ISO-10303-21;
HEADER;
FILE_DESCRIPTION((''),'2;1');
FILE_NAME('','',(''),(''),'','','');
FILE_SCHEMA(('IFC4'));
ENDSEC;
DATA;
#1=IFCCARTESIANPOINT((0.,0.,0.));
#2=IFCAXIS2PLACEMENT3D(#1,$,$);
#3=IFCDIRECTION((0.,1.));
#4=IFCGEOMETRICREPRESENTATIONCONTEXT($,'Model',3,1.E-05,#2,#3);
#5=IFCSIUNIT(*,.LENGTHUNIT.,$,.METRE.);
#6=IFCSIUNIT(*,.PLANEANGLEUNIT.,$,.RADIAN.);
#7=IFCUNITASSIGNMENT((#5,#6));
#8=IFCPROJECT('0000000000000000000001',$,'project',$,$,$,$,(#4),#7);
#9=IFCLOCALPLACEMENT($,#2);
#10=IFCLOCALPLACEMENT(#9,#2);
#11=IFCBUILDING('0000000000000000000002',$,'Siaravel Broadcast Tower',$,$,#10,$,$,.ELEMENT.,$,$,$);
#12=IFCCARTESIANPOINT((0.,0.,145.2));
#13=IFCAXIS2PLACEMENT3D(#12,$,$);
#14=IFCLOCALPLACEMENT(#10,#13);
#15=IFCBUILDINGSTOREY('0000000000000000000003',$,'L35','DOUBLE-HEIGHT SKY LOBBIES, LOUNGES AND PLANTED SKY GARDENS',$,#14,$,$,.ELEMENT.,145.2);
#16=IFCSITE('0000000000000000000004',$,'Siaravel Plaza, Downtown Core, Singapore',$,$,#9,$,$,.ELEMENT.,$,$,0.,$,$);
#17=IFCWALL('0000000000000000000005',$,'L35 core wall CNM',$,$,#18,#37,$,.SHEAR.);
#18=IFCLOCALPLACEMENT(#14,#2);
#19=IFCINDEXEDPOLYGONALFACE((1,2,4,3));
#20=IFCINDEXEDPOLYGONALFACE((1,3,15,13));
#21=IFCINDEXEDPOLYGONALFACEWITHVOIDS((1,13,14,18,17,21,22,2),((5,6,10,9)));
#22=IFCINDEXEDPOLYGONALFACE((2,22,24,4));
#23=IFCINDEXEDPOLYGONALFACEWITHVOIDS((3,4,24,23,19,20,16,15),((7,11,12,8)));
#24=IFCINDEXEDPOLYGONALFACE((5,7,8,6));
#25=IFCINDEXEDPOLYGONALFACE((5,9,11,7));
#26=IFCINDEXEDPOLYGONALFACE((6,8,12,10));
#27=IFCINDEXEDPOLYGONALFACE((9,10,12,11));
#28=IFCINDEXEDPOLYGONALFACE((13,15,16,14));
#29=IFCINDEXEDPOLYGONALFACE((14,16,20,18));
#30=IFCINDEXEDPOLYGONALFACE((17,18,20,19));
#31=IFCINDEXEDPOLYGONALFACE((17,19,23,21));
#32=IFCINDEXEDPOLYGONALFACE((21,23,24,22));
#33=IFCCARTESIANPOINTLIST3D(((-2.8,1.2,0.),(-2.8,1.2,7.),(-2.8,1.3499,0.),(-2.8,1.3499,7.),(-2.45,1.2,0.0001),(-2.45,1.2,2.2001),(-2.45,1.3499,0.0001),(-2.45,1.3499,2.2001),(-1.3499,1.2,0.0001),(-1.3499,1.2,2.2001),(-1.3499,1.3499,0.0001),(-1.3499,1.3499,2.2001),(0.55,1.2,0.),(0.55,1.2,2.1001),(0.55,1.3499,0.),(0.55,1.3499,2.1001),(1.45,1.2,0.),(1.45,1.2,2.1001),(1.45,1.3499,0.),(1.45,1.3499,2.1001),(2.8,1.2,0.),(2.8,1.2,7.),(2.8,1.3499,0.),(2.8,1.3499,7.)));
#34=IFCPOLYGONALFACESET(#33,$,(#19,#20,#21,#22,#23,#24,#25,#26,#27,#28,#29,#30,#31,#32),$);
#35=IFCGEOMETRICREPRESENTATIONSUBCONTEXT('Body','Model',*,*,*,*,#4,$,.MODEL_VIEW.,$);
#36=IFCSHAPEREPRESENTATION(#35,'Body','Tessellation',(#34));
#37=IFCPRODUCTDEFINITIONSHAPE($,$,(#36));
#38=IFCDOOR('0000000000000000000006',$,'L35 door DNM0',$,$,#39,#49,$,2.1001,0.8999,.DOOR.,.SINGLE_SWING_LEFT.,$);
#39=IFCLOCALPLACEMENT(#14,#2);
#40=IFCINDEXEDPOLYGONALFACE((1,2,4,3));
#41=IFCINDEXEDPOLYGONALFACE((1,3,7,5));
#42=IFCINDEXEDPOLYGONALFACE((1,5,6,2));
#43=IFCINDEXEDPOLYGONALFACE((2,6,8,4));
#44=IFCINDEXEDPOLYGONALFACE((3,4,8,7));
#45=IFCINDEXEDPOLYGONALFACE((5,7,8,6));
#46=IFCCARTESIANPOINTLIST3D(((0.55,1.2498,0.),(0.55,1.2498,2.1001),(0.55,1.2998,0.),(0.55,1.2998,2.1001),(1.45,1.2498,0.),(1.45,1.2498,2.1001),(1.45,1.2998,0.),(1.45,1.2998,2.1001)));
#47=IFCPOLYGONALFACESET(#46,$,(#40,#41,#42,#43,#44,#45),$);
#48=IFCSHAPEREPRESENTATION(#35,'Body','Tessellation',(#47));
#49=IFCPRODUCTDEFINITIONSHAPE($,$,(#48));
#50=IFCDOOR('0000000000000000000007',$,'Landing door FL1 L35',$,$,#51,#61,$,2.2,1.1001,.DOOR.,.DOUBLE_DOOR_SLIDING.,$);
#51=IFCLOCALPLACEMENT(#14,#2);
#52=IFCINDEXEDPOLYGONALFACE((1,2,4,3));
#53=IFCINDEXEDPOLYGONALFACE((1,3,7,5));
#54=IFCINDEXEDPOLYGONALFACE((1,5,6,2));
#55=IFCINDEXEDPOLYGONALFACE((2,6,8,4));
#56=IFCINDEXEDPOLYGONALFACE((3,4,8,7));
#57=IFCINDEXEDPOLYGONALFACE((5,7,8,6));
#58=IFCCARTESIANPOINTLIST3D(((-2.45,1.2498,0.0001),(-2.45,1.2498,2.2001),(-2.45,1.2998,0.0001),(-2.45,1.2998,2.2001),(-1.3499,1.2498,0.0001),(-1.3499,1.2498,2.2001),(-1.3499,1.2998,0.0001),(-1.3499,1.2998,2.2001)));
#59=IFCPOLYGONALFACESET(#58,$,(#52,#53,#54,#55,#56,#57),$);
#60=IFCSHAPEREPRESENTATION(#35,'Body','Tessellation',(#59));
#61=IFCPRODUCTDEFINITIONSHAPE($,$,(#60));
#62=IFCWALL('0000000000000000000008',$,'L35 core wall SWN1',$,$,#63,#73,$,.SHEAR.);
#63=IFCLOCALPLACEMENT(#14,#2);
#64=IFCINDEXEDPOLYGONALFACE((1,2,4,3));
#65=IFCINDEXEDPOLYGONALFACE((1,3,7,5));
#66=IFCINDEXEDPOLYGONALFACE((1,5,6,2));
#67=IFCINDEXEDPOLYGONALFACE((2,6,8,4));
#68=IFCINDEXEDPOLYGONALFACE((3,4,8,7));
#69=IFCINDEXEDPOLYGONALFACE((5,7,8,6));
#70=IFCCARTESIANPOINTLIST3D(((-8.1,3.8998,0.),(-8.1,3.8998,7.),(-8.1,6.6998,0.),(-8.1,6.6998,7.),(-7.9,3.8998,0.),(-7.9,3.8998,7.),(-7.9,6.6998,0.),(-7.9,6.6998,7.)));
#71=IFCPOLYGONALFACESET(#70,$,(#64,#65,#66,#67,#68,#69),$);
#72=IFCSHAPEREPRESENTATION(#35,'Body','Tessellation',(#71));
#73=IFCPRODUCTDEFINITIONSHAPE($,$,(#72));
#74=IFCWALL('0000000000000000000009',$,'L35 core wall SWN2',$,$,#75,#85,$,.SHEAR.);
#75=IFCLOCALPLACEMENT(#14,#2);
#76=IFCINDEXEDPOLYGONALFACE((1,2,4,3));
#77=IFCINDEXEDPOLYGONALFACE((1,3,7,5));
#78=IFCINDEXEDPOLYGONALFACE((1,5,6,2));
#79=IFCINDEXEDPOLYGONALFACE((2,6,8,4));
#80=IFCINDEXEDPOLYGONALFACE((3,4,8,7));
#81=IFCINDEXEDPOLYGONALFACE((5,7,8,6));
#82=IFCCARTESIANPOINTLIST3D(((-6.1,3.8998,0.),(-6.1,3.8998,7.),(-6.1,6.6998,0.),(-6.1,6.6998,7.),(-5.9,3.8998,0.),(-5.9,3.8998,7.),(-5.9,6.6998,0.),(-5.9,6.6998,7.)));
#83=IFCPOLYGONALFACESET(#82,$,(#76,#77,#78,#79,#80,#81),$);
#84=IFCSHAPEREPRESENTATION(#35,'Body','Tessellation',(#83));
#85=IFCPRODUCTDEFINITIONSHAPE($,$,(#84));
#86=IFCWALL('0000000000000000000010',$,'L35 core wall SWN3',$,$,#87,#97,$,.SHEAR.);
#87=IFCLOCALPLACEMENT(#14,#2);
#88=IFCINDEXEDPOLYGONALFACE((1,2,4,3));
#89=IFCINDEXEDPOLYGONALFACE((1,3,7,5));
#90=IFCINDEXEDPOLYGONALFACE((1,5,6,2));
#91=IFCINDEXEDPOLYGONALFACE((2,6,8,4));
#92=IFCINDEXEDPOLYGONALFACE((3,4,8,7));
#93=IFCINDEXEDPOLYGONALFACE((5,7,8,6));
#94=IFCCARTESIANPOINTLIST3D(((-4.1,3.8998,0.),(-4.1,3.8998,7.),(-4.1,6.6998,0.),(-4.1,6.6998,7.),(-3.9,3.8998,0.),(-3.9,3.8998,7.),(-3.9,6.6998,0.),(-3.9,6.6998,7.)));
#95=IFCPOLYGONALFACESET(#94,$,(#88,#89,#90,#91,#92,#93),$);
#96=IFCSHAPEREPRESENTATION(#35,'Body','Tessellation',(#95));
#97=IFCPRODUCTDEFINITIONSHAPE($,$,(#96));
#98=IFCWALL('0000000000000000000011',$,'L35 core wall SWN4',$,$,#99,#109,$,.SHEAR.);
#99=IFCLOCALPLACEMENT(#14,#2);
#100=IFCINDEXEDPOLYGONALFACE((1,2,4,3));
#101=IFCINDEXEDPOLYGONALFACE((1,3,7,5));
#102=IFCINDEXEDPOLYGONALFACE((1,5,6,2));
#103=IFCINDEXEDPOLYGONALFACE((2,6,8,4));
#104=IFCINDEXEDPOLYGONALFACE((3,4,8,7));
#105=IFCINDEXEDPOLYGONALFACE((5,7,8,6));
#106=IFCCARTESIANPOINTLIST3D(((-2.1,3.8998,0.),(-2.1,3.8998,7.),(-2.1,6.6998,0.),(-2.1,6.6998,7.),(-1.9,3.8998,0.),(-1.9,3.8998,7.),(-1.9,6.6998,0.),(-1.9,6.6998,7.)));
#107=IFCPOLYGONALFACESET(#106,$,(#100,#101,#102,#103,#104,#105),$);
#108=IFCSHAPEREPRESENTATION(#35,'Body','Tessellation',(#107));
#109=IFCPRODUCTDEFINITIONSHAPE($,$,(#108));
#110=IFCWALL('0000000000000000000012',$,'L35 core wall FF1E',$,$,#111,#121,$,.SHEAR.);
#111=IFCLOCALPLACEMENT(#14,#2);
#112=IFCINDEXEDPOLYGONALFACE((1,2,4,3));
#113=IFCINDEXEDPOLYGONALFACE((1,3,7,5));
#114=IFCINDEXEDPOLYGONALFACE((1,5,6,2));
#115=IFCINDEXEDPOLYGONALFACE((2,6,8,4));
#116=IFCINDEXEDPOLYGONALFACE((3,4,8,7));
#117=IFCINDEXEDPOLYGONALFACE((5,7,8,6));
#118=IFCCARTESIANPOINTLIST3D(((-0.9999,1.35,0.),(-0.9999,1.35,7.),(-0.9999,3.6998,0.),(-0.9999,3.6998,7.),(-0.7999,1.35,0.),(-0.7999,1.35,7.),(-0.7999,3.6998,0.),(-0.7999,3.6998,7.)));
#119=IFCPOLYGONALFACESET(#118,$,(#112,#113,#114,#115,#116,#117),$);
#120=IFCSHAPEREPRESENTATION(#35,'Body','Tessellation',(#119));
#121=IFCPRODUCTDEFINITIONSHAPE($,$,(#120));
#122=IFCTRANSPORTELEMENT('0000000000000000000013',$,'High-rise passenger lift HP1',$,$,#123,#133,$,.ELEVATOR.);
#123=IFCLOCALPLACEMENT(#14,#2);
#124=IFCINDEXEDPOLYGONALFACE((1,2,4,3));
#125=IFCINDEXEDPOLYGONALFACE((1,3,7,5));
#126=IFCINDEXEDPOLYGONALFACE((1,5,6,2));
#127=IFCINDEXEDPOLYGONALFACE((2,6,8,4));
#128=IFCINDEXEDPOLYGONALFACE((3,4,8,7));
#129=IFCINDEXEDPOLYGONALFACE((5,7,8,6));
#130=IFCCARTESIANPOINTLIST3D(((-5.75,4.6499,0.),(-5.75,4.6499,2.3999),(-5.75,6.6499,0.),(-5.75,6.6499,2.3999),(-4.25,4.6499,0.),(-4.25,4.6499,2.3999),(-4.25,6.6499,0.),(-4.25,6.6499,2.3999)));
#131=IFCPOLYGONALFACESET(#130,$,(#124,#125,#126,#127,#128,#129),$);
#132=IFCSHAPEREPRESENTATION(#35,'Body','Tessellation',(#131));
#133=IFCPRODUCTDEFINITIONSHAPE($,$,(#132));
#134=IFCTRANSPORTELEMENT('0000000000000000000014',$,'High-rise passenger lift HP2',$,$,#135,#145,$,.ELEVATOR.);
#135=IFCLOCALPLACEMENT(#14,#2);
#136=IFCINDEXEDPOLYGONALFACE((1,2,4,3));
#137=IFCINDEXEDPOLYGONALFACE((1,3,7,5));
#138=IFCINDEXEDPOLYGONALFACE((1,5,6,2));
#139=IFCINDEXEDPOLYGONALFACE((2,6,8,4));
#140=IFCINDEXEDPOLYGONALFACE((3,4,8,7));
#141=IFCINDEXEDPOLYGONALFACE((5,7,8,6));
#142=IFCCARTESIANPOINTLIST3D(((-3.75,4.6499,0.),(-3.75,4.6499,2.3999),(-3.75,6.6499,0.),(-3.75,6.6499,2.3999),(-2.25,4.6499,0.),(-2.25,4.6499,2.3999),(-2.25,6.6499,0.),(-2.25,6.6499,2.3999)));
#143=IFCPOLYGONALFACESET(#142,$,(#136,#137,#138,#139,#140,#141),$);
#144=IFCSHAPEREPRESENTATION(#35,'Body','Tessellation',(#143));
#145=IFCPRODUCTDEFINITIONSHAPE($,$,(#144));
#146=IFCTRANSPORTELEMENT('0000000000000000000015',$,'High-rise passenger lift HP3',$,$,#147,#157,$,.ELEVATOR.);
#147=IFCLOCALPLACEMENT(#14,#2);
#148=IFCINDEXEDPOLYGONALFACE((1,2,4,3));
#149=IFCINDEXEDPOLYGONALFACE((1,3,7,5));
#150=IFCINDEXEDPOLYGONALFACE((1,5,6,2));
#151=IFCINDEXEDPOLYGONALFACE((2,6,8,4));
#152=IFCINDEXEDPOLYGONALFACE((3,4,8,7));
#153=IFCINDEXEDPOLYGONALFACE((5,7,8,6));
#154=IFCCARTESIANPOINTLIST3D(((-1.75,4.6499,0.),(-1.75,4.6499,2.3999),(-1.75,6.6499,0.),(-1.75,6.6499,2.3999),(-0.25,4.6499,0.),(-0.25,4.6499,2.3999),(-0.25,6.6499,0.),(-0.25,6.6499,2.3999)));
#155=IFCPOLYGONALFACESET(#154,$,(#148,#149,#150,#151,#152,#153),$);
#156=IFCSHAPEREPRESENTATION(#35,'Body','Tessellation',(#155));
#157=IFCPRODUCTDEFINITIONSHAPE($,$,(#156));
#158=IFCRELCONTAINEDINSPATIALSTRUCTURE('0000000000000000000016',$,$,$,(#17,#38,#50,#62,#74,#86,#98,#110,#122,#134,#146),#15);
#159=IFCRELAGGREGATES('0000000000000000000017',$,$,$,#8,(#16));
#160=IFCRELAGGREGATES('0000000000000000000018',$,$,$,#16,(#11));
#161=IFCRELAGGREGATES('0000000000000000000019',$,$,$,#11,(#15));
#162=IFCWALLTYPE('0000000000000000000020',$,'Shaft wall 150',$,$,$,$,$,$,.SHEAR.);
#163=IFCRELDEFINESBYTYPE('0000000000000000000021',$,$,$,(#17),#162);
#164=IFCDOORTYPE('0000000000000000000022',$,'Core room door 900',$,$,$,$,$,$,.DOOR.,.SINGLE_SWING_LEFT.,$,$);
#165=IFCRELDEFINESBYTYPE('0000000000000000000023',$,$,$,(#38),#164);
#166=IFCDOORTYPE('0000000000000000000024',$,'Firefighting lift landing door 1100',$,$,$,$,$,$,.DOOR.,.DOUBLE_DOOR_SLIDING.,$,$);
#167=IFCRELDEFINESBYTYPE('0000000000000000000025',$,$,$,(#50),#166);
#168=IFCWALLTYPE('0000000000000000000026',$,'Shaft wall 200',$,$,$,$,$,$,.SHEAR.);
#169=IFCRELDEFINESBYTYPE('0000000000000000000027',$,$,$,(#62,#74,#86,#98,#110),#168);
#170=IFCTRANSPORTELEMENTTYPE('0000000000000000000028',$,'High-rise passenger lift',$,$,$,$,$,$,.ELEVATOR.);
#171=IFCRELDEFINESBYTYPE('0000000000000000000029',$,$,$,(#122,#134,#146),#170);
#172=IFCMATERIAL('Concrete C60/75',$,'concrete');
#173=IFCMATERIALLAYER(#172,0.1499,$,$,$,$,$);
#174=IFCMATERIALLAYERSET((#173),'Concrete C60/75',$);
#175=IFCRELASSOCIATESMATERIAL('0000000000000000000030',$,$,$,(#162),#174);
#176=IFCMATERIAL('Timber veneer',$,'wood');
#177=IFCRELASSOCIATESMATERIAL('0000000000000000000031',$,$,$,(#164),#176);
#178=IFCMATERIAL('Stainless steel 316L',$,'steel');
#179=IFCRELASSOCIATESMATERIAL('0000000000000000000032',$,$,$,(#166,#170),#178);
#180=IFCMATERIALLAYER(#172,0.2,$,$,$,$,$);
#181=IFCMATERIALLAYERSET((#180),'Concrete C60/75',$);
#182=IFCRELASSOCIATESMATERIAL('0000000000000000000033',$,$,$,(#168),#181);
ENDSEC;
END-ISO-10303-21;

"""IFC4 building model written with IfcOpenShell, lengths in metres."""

from ifc_helpers import new_model, si_unit, direction, frame, frame_2d, origin, origin_2d, place, context, subcontext, project, spatial, rectangle, extrude, material, layer, layer_set, type_object, element, fill, save


model = new_model("IFC4")

# Units and contexts
model_context = context("Model", 3, precision=1e-05, world=origin(), true_north=direction((0.0, 1.0)))
body_context = subcontext(model_context, "Body", "Model", "MODEL_VIEW")
ifc_project = project(units=[si_unit("LENGTHUNIT", "METRE"), si_unit("PLANEANGLEUNIT", "RADIAN")], contexts=[model_context])

# Site, building, storey
site_placement = place(None, origin())
site = spatial("IfcSite", under=ifc_project, at=site_placement, Name="Siaravel Plaza, Downtown Core, Singapore", CompositionType="ELEMENT", RefElevation=0.0)
building_placement = place(site_placement, origin())
building = spatial("IfcBuilding", under=site, at=building_placement, Name="Siaravel Broadcast Tower", CompositionType="ELEMENT")
storey_placement = place(building_placement, frame((0.0, 0.0, 145.2)))
storey = spatial("IfcBuildingStorey", under=building, at=storey_placement, Name="L35", Description="DOUBLE-HEIGHT SKY LOBBIES, LOUNGES AND PLANTED SKY GARDENS", CompositionType="ELEMENT", Elevation=145.2)

# Shared definitions
ifc_material_1 = material(Name="Concrete C60/75", Category="concrete")

# Wall, openings, doors
ifc_layer_1 = layer(ifc_material_1, 0.1499)
ifc_layer_set_1 = layer_set([ifc_layer_1], Name="Concrete C60/75")
wall_type_1 = type_object("IfcWallType", Name="Shaft wall 150", PredefinedType="SHEAR", material=ifc_layer_set_1)
ifc_material_2 = material(Name="Timber veneer", Category="wood")
door_type_1 = type_object("IfcDoorType", Name="Core room door 900", OperationType="SINGLE_SWING_LEFT", PredefinedType="DOOR", material=ifc_material_2)
ifc_material_3 = material(Name="Stainless steel 316L", Category="steel")
door_type_2 = type_object("IfcDoorType", Name="Firefighting lift landing door 1100", OperationType="DOUBLE_DOOR_SLIDING", PredefinedType="DOOR", material=ifc_material_3)
wall_1_placement = place(storey_placement, frame((-2.8, 1.2749, 0.0), z_axis=(0.0, 0.0, 1.0), x_axis=(1.0, 0.0, 0.0)))
wall_1 = element("IfcWall", 1, at=wall_1_placement, inside=storey, type_object=wall_type_1, Name="L35 core wall CNM", PredefinedType="SHEAR", context=body_context, shape_type="SweptSolid", body=[
    extrude(rectangle(XDim=5.6001, YDim=0.1499, at=frame_2d((2.8, 0.0))), origin(), (0.0, 0.0, 1.0), 7.0),
])
opening_1_placement = place(wall_1_placement, frame((0.3501, 0.0, 0.0)))
opening_1 = element("IfcOpeningElement", 2, at=opening_1_placement, cuts=wall_1, PredefinedType="OPENING", context=body_context, shape_type="SweptSolid", body=[
    extrude(rectangle(XDim=1.1001, YDim=2.2, at=frame_2d((0.55, 1.1001))), frame((0.0, 0.085, 0.0), z_axis=(0.0, -1.0, 0.0), x_axis=(1.0, 0.0, 0.0)), (0.0, 0.0, 1.0), 0.1699),
])
opening_2_placement = place(wall_1_placement, frame((3.3501, 0.0, 0.0)))
opening_2 = element("IfcOpeningElement", 3, at=opening_2_placement, cuts=wall_1, PredefinedType="OPENING", context=body_context, shape_type="SweptSolid", body=[
    extrude(rectangle(XDim=0.8999, YDim=2.1001, at=frame_2d((0.45, 1.05))), frame((0.0, 0.085, 0.0), z_axis=(0.0, -1.0, 0.0), x_axis=(1.0, 0.0, 0.0)), (0.0, 0.0, 1.0), 0.1699),
])
door_1_placement = place(opening_2_placement, origin())
door_1 = element("IfcDoor", 4, at=door_1_placement, inside=storey, type_object=door_type_1, Name="L35 door DNM0", OperationType="SINGLE_SWING_LEFT", OverallHeight=2.1001, OverallWidth=0.8999, PredefinedType="DOOR", context=body_context, shape_type="SweptSolid", body=[
    extrude(rectangle(XDim=0.8999, YDim=2.1001, at=frame_2d((0.45, 1.05))), frame((0.0, 0.0249, 0.0), z_axis=(0.0, -1.0, 0.0), x_axis=(1.0, 0.0, 0.0)), (0.0, 0.0, 1.0), 0.05),
])
fill(opening_2, door_1)
door_2_placement = place(opening_1_placement, origin())
door_2 = element("IfcDoor", 5, at=door_2_placement, inside=storey, type_object=door_type_2, Name="Landing door FL1 L35", OperationType="DOUBLE_DOOR_SLIDING", OverallHeight=2.2, OverallWidth=1.1001, PredefinedType="DOOR", context=body_context, shape_type="SweptSolid", body=[
    extrude(rectangle(XDim=1.1001, YDim=2.2, at=frame_2d((0.55, 1.1001))), frame((0.0, 0.0249, 0.0), z_axis=(0.0, -1.0, 0.0), x_axis=(1.0, 0.0, 0.0)), (0.0, 0.0, 1.0), 0.05),
])
fill(opening_1, door_2)

# Walls
ifc_layer_2 = layer(ifc_material_1, 0.2)
ifc_layer_set_2 = layer_set([ifc_layer_2], Name="Concrete C60/75")
wall_type_2 = type_object("IfcWallType", Name="Shaft wall 200", PredefinedType="SHEAR", material=ifc_layer_set_2)
for number, where, z_axis, x_axis, name in (
    (6, (-8.0, 3.8999, 0.0), (0.0, 0.0, 1.0), (0.0, 1.0, 0.0), "L35 core wall SWN1"),
    (7, (-6.0, 3.8999, 0.0), (0.0, 0.0, 1.0), (0.0, 1.0, 0.0), "L35 core wall SWN2"),
    (8, (-4.0, 3.8999, 0.0), (0.0, 0.0, 1.0), (0.0, 1.0, 0.0), "L35 core wall SWN3"),
    (9, (-2.0, 3.8999, 0.0), (0.0, 0.0, 1.0), (0.0, 1.0, 0.0), "L35 core wall SWN4"),
):
    element("IfcWall", number, at=place(storey_placement, frame(where, z_axis=z_axis, x_axis=x_axis)), inside=storey, type_object=wall_type_2, Name=name, PredefinedType="SHEAR", context=body_context, shape_type="SweptSolid", body=[
        extrude(rectangle(XDim=2.8, YDim=0.2, at=frame_2d((1.3999, 0.0))), origin(), (0.0, 0.0, 1.0), 7.0),
    ])
wall_2_placement = place(storey_placement, frame((-0.8999, 1.3501, 0.0), z_axis=(0.0, 0.0, 1.0), x_axis=(0.0, 1.0, 0.0)))
element("IfcWall", 10, at=wall_2_placement, inside=storey, type_object=wall_type_2, Name="L35 core wall FF1E", PredefinedType="SHEAR", context=body_context, shape_type="SweptSolid", body=[
    extrude(rectangle(XDim=2.3499, YDim=0.2, at=frame_2d((1.1748, 0.0))), origin(), (0.0, 0.0, 1.0), 7.0),
])

# Transport elements
transport_element_type = type_object("IfcTransportElementType", Name="High-rise passenger lift", PredefinedType="ELEVATOR", material=ifc_material_3)
for number, where, z_axis, x_axis, name in (
    (11, (-5.0, 5.6499, 0.0), (0.0, 0.0, 1.0), (1.0, 0.0, 0.0), "High-rise passenger lift HP1"),
    (12, (-3.0, 5.6499, 0.0), (0.0, 0.0, 1.0), (1.0, 0.0, 0.0), "High-rise passenger lift HP2"),
    (13, (-1.0, 5.6499, 0.0), (0.0, 0.0, 1.0), (1.0, 0.0, 0.0), "High-rise passenger lift HP3"),
):
    element("IfcTransportElement", number, at=place(storey_placement, frame(where, z_axis=z_axis, x_axis=x_axis)), inside=storey, type_object=transport_element_type, Name=name, PredefinedType="ELEVATOR", context=body_context, shape_type="SweptSolid", body=[
        extrude(rectangle(XDim=1.5, YDim=2.0, at=origin_2d()), origin(), (0.0, 0.0, 1.0), 2.3999),
    ])

save(model, "model.ifc")
